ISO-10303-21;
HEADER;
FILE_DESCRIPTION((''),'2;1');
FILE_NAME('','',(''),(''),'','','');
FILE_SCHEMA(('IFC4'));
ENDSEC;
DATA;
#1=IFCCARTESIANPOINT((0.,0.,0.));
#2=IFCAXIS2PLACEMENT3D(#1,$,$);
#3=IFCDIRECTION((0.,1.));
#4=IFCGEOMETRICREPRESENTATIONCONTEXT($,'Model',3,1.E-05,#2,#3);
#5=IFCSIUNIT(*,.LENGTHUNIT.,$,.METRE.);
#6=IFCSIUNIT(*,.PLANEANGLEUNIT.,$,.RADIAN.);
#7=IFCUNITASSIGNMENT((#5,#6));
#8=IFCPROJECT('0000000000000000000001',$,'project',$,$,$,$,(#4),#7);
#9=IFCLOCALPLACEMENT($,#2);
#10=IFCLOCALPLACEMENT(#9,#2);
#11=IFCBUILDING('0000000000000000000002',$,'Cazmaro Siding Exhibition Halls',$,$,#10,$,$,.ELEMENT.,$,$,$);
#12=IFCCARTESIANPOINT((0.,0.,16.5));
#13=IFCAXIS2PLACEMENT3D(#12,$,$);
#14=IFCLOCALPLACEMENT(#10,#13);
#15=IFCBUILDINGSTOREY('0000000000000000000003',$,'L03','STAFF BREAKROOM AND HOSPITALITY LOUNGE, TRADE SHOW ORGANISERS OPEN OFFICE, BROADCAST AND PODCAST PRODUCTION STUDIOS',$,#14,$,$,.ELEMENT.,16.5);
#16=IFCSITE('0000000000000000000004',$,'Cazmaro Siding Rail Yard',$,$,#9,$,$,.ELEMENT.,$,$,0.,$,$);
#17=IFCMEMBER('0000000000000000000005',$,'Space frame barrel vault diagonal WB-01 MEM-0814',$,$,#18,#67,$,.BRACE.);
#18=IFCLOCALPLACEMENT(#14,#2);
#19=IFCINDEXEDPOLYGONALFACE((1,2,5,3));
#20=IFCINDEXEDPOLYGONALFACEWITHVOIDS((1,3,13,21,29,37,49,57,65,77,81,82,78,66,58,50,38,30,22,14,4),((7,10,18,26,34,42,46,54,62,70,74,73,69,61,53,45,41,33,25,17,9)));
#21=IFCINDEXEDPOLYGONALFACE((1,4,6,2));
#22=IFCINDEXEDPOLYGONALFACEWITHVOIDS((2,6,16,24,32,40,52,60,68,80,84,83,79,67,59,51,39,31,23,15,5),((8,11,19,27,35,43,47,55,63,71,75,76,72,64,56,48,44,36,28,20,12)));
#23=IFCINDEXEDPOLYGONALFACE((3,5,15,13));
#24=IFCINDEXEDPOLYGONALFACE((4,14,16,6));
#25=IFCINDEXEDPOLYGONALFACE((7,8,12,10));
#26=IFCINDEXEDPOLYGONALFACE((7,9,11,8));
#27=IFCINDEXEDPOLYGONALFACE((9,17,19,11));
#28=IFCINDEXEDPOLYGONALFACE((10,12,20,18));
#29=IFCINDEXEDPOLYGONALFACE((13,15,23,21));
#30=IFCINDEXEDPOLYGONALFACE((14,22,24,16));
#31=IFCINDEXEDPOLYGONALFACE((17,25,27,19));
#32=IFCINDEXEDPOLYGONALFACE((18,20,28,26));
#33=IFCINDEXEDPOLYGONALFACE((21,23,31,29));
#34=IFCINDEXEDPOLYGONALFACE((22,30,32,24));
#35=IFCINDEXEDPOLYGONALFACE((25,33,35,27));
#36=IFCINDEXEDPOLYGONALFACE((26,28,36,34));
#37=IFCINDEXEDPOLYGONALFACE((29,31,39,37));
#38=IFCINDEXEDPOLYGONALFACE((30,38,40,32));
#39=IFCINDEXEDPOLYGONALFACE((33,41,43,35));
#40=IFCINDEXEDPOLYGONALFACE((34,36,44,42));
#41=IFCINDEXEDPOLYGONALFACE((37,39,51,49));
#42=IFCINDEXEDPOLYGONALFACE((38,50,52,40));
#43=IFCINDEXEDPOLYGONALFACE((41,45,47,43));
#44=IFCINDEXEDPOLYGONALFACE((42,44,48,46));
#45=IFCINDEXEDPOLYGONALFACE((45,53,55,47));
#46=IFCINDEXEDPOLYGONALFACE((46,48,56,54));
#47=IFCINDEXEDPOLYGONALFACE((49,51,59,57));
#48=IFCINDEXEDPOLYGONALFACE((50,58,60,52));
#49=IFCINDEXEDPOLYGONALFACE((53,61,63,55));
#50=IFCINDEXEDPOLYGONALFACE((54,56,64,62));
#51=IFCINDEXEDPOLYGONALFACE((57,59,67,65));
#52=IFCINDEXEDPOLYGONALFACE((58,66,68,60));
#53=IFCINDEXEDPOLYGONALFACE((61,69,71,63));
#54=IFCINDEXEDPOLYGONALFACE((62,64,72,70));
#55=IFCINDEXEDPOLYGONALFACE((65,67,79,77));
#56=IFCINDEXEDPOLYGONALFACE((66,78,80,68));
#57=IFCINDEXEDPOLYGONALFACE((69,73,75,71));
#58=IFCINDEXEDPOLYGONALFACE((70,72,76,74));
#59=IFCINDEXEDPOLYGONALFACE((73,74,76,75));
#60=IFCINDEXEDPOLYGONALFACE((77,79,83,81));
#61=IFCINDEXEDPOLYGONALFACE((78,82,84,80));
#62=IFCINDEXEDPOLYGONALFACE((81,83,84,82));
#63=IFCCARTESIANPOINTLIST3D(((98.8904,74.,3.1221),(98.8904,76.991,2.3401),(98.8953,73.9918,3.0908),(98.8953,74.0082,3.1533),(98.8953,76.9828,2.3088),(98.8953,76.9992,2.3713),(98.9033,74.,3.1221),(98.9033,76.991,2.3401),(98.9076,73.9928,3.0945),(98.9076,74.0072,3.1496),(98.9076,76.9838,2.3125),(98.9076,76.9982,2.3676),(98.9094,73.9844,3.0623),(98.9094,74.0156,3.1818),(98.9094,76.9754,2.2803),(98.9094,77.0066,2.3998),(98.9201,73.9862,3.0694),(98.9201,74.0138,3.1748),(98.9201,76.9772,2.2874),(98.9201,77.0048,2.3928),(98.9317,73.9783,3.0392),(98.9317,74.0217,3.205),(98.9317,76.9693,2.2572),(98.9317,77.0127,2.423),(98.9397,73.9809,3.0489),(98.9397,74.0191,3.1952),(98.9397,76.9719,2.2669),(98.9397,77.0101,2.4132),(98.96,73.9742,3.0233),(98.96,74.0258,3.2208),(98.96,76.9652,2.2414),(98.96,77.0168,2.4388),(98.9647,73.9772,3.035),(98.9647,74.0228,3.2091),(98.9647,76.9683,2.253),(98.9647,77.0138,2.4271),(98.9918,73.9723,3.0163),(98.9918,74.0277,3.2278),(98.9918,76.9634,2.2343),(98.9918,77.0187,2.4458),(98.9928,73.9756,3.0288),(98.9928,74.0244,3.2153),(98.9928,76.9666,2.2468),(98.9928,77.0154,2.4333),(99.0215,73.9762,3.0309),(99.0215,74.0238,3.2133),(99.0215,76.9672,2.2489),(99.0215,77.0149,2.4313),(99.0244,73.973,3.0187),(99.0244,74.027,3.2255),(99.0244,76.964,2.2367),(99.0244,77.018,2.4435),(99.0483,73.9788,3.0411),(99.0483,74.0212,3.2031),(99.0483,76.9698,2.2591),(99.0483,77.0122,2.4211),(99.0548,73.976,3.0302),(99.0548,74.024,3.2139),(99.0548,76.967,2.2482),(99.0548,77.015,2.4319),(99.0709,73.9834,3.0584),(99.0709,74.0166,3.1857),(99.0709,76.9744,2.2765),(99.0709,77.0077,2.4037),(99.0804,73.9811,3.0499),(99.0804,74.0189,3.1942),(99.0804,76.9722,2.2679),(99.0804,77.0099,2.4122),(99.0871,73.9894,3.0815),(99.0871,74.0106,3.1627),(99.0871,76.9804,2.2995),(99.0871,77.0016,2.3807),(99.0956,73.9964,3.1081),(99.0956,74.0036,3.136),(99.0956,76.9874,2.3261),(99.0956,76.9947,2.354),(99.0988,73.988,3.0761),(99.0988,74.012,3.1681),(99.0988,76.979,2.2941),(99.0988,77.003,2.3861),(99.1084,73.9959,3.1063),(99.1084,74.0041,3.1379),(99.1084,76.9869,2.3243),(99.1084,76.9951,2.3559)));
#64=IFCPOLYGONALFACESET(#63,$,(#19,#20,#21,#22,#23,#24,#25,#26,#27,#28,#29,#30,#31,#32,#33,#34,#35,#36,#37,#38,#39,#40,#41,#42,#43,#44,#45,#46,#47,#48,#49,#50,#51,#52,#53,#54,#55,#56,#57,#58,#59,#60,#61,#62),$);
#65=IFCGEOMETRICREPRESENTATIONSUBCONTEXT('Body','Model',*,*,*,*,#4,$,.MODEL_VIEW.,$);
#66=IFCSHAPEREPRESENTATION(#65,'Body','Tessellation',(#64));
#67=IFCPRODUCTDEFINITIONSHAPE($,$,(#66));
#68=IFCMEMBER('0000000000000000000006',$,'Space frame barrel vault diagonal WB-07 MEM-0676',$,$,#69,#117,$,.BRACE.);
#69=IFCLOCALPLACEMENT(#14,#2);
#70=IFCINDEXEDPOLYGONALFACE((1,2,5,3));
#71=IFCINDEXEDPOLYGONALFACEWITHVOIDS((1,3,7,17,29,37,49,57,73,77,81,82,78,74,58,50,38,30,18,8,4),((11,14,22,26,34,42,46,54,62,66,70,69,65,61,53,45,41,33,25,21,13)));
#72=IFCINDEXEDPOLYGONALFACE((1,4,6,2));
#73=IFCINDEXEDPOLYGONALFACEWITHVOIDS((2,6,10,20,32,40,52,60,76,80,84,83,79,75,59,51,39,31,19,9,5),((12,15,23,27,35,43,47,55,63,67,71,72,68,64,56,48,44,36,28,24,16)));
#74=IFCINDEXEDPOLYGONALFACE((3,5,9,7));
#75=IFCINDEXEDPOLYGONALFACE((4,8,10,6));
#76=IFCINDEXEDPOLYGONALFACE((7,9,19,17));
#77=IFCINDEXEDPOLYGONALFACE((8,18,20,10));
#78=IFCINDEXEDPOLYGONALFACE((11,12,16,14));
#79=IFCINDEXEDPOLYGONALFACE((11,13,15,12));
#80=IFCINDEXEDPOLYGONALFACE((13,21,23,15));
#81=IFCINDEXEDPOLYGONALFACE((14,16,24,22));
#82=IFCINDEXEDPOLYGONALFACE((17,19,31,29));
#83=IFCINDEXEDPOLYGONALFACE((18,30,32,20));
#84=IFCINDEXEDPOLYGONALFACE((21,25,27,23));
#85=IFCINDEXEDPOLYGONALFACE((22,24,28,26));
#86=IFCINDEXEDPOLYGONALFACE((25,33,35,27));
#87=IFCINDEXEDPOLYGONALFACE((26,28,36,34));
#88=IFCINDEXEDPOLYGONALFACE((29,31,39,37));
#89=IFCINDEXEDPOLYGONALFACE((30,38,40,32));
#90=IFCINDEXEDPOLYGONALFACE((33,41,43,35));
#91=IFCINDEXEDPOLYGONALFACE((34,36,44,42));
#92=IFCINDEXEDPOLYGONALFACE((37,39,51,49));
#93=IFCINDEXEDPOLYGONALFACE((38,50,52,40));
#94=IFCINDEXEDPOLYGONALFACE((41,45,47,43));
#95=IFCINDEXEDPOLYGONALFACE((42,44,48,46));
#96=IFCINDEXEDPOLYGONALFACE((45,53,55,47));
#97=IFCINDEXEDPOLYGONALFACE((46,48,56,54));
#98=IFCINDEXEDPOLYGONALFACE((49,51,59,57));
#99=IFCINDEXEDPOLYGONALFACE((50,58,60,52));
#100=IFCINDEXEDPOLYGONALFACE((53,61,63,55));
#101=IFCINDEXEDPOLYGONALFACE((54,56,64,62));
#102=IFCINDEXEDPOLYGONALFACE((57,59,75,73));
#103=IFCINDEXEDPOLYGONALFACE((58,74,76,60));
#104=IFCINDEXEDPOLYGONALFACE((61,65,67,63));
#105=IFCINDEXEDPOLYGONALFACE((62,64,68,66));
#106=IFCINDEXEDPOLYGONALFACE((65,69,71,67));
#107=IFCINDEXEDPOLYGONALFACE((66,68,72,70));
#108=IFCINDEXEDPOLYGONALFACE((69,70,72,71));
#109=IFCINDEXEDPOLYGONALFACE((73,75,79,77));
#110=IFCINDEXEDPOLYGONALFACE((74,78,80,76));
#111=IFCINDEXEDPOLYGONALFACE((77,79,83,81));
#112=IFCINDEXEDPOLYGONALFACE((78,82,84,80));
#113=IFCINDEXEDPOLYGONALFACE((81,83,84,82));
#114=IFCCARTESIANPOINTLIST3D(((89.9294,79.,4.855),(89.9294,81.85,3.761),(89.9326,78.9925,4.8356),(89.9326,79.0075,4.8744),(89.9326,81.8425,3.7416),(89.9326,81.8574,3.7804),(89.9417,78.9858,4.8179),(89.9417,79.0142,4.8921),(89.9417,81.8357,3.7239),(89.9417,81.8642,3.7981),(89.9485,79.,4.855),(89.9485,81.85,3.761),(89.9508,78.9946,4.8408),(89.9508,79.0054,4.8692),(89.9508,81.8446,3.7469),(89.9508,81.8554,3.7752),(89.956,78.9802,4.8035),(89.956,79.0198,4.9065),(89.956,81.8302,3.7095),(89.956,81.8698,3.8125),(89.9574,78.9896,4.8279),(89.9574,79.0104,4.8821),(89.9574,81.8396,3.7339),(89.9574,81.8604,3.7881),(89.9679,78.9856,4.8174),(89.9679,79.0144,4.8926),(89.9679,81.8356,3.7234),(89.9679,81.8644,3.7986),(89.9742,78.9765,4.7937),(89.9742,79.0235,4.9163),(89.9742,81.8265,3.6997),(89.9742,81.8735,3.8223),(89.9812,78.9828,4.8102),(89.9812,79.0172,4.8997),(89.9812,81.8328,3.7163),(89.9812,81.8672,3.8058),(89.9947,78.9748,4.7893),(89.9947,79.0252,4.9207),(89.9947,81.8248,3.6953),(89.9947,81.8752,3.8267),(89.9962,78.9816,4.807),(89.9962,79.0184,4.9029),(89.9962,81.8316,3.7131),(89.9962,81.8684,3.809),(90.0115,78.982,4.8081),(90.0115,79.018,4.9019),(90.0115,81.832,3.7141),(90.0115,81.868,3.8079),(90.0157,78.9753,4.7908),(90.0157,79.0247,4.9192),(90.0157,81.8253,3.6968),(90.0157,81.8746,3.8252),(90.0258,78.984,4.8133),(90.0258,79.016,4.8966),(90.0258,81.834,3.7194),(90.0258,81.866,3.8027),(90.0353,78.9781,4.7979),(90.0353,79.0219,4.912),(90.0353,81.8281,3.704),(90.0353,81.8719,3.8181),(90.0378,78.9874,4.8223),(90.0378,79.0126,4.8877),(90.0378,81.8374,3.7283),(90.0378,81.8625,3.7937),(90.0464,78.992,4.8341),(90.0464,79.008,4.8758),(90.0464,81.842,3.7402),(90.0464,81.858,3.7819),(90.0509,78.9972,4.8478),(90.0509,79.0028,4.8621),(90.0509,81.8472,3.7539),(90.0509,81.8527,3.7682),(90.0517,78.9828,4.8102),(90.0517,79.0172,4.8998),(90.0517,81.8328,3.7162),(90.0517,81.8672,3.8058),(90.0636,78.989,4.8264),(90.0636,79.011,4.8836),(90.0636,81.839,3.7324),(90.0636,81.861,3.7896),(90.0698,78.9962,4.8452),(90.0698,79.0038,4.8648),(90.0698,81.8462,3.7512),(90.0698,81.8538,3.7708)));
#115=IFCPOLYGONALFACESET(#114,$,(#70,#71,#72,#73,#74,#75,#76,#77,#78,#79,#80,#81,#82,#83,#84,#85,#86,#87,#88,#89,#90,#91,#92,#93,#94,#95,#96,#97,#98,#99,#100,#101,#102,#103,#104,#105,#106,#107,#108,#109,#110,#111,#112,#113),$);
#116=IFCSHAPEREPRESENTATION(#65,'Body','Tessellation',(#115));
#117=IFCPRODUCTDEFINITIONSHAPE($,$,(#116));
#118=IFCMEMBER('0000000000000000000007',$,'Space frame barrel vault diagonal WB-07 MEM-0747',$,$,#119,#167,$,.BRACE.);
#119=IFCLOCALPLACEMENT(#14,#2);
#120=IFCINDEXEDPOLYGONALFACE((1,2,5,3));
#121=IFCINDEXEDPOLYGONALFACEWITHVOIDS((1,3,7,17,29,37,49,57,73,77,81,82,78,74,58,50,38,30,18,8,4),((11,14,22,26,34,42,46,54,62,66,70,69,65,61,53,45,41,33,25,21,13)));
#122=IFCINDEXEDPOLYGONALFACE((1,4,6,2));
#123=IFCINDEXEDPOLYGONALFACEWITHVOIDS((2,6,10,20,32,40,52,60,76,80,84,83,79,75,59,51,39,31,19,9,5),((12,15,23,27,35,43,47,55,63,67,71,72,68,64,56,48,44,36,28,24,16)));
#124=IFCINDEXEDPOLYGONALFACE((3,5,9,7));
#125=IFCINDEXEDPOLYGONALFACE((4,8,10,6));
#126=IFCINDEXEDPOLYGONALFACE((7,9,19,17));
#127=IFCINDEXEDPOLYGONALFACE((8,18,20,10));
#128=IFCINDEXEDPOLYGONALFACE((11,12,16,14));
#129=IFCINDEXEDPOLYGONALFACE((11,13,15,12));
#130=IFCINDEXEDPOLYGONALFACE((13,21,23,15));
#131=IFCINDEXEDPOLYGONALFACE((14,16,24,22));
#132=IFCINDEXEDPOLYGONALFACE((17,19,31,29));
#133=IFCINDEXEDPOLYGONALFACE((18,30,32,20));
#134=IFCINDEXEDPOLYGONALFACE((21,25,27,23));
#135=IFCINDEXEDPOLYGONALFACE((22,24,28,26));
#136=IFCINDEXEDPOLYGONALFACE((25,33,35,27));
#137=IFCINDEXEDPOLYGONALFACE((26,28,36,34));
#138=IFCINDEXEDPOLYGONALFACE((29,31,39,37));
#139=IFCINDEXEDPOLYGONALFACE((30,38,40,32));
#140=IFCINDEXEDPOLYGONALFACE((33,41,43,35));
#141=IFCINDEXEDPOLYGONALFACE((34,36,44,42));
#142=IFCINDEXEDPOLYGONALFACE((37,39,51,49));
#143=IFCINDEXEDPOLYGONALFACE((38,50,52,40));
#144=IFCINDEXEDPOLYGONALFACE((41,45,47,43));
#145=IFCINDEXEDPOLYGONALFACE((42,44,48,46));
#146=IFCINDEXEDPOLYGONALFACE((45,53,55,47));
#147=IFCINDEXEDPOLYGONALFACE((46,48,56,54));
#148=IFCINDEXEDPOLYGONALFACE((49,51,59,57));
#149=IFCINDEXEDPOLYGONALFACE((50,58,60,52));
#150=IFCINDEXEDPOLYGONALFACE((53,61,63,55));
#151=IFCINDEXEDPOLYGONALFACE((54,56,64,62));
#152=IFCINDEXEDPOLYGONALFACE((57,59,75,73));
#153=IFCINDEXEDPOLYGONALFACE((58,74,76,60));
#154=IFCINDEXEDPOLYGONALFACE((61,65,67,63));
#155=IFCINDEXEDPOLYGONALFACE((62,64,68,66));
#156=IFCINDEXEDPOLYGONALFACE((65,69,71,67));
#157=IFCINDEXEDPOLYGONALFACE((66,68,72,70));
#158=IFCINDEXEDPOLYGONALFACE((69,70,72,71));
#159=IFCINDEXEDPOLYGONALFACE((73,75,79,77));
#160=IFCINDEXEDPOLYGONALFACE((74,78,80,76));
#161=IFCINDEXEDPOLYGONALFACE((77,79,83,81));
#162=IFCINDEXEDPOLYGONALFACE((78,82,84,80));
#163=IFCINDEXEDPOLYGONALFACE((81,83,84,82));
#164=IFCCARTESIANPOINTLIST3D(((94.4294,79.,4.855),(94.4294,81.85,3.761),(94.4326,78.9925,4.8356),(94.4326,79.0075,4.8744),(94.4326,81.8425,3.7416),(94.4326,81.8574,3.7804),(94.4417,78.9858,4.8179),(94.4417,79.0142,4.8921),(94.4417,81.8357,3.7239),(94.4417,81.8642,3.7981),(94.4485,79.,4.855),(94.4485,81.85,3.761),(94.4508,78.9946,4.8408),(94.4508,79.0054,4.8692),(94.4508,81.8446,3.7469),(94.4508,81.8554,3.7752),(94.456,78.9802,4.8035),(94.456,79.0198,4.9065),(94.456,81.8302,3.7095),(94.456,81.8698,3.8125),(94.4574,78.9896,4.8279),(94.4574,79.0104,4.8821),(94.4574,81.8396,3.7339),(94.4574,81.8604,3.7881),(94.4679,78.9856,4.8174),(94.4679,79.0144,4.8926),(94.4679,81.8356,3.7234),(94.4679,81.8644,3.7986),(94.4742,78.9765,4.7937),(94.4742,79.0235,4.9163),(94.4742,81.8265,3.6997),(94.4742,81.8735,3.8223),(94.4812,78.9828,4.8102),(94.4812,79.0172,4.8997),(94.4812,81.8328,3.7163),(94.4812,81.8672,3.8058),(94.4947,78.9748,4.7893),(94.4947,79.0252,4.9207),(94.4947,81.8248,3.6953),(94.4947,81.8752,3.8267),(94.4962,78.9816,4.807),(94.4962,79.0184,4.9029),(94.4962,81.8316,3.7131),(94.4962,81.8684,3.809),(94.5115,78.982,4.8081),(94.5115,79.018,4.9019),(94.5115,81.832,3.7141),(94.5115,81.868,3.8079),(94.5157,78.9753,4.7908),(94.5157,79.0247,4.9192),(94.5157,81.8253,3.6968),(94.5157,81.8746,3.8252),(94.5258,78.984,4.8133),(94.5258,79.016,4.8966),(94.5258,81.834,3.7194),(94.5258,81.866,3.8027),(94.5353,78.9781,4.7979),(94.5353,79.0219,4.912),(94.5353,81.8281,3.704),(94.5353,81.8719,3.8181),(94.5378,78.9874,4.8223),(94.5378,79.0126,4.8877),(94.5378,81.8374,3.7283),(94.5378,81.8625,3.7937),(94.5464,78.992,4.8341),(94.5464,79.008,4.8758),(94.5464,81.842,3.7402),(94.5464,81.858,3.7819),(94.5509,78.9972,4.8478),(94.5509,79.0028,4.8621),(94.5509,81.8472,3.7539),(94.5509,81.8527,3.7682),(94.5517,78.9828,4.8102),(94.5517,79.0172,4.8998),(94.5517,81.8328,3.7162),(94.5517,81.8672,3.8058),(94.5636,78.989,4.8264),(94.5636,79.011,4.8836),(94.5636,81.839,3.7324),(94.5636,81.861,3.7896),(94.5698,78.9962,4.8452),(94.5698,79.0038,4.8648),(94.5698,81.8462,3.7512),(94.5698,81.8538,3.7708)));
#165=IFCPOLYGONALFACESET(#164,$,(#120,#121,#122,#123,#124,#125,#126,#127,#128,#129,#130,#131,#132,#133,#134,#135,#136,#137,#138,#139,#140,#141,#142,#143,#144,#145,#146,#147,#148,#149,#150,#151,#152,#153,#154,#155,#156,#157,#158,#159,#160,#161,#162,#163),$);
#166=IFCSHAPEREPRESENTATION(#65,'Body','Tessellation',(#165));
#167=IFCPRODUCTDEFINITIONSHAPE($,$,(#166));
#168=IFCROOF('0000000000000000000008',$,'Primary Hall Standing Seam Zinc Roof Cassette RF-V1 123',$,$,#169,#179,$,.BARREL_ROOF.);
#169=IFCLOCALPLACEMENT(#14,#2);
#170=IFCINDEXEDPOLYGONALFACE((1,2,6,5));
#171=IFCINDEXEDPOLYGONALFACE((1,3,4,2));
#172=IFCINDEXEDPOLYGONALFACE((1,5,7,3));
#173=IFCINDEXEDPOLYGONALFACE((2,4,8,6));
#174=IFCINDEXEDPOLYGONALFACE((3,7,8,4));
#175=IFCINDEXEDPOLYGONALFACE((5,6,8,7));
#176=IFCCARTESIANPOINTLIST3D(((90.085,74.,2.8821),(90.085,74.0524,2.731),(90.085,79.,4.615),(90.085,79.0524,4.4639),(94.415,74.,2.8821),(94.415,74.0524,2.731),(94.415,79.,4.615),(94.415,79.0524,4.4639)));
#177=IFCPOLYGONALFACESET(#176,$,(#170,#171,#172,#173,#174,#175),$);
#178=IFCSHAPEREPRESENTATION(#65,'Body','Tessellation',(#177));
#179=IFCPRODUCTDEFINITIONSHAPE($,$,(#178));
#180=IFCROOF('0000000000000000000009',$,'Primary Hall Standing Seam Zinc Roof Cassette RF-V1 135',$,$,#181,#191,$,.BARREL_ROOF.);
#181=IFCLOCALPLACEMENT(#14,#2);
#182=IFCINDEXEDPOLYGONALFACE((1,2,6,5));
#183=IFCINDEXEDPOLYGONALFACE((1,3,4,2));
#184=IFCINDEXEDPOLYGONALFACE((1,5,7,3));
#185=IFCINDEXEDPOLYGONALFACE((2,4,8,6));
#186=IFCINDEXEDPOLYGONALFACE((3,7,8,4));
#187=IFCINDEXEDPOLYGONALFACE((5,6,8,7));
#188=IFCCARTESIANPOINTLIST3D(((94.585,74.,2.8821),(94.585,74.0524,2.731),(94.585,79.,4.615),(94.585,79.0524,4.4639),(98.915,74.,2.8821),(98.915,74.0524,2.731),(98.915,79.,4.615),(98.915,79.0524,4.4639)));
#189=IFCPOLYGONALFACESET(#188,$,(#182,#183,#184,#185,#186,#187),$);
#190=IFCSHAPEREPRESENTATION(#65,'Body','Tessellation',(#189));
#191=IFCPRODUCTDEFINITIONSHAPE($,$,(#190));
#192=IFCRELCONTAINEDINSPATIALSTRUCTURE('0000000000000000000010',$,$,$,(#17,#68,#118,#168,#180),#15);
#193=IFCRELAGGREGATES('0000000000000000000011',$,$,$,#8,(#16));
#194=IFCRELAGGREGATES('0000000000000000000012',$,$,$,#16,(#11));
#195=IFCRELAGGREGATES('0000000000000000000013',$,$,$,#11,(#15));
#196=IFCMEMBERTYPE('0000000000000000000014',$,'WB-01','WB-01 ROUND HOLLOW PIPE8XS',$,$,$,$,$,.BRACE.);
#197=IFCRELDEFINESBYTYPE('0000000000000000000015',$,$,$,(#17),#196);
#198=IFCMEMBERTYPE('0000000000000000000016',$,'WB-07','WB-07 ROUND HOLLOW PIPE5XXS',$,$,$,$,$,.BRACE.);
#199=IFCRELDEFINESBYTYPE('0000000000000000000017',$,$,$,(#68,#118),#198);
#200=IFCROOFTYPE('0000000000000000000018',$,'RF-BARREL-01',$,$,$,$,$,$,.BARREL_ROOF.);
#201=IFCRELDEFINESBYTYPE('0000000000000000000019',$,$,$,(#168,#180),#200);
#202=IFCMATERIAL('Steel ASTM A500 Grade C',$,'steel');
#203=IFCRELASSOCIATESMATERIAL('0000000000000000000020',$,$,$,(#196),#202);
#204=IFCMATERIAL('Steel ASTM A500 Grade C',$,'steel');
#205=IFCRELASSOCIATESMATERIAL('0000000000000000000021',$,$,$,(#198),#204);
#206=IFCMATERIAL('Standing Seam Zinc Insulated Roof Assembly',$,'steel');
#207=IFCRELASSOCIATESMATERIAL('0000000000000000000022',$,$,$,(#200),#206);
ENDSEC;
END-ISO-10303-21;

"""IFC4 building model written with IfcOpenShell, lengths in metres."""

from ifc_helpers import new_model, si_unit, direction, frame, origin, origin_2d, place, context, subcontext, project, spatial, polyline, hollow_circle, outline, extrude, material, material_profile, profile_set, type_object, element, save


model = new_model("IFC4")

# Units and contexts
model_context = context("Model", 3, precision=1e-05, world=origin(), true_north=direction((0.0, 1.0)))
body_context = subcontext(model_context, "Body", "Model", "MODEL_VIEW")
ifc_project = project(units=[si_unit("LENGTHUNIT", "METRE"), si_unit("PLANEANGLEUNIT", "RADIAN")], contexts=[model_context])

# Site, building, storey
site_placement = place(None, origin())
site = spatial("IfcSite", under=ifc_project, at=site_placement, Name="Cazmaro Siding Rail Yard", CompositionType="ELEMENT", RefElevation=0.0)
building_placement = place(site_placement, origin())
building = spatial("IfcBuilding", under=site, at=building_placement, Name="Cazmaro Siding Exhibition Halls", CompositionType="ELEMENT")
storey_placement = place(building_placement, frame((0.0, 0.0, 16.5)))
storey = spatial("IfcBuildingStorey", under=building, at=storey_placement, Name="L03", Description="STAFF BREAKROOM AND HOSPITALITY LOUNGE, TRADE SHOW ORGANISERS OPEN OFFICE, BROADCAST AND PODCAST PRODUCTION STUDIOS", CompositionType="ELEMENT", Elevation=16.5)

# Members
ifc_material_1 = material(Name="Steel ASTM A500 Grade C", Category="steel")
ifc_material_profile_1 = material_profile(ifc_material_1, hollow_circle(Radius=0.1096, WallThickness=0.0129, at=origin_2d()), Name="PIPE8XS")
ifc_profile_set_1 = profile_set([ifc_material_profile_1], Name="Steel ASTM A500 Grade C")
member_type_1 = type_object("IfcMemberType", Name="WB-01", Description="WB-01 ROUND HOLLOW PIPE8XS", PredefinedType="BRACE", material=ifc_profile_set_1)
member_1_placement = place(storey_placement, frame((99.0, 74.0, 3.1221), z_axis=(0.0, 0.96748, -0.252946), x_axis=(-1.0, 0.0, 0.0)))
element("IfcMember", 1, at=member_1_placement, inside=storey, type_object=member_type_1, Name="Space frame barrel vault diagonal WB-01 MEM-0814", PredefinedType="BRACE", context=body_context, shape_type="SweptSolid", body=[
    extrude(hollow_circle(Radius=0.1096, WallThickness=0.0129, at=origin_2d()), origin(), (0.0, 0.0, 1.0), 3.0916),
])
ifc_material_2 = material(Name="Steel ASTM A500 Grade C", Category="steel")
ifc_material_profile_2 = material_profile(ifc_material_2, hollow_circle(Radius=0.0706, WallThickness=0.019, at=origin_2d()), Name="PIPE5XXS")
ifc_profile_set_2 = profile_set([ifc_material_profile_2], Name="Steel ASTM A500 Grade C")
member_type_2 = type_object("IfcMemberType", Name="WB-07", Description="WB-07 ROUND HOLLOW PIPE5XXS", PredefinedType="BRACE", material=ifc_profile_set_2)
for number, where, z_axis, x_axis, name in (
    (2, (90.0, 79.0, 4.855), (0.0, 0.933587, -0.358352), (-1.0, 0.0, 0.0), "Space frame barrel vault diagonal WB-07 MEM-0676"),
    (3, (94.5, 79.0, 4.855), (0.0, 0.933587, -0.358352), (-1.0, 0.0, 0.0), "Space frame barrel vault diagonal WB-07 MEM-0747"),
):
    element("IfcMember", number, at=place(storey_placement, frame(where, z_axis=z_axis, x_axis=x_axis)), inside=storey, type_object=member_type_2, Name=name, PredefinedType="BRACE", context=body_context, shape_type="SweptSolid", body=[
        extrude(hollow_circle(Radius=0.0706, WallThickness=0.019, at=origin_2d()), origin(), (0.0, 0.0, 1.0), 3.0527),
    ])

# Roofs
ifc_material_3 = material(Name="Standing Seam Zinc Insulated Roof Assembly", Category="steel")
roof_type = type_object("IfcRoofType", Name="RF-BARREL-01", PredefinedType="BARREL_ROOF", material=ifc_material_3)
for number, where, z_axis, x_axis, name in (
    (4, (90.085, 74.0, 2.8821), (0.0, -0.327472, 0.944861), (1.0, 0.0, 0.0), "Primary Hall Standing Seam Zinc Roof Cassette RF-V1 123"),
    (5, (94.585, 74.0, 2.8821), (0.0, -0.327472, 0.944861), (1.0, 0.0, 0.0), "Primary Hall Standing Seam Zinc Roof Cassette RF-V1 135"),
):
    element("IfcRoof", number, at=place(storey_placement, frame(where, z_axis=z_axis, x_axis=x_axis)), inside=storey, type_object=roof_type, Name=name, PredefinedType="BARREL_ROOF", context=body_context, shape_type="SweptSolid", body=[
        extrude(outline(polyline([(0.0, 0.0), (4.3301, 0.0), (4.3301, 5.2918), (0.0, 5.2918), (0.0, 0.0)])), origin(), (0.0, 0.0, -1.0), 0.1599),
    ])

save(model, "model.ifc")
